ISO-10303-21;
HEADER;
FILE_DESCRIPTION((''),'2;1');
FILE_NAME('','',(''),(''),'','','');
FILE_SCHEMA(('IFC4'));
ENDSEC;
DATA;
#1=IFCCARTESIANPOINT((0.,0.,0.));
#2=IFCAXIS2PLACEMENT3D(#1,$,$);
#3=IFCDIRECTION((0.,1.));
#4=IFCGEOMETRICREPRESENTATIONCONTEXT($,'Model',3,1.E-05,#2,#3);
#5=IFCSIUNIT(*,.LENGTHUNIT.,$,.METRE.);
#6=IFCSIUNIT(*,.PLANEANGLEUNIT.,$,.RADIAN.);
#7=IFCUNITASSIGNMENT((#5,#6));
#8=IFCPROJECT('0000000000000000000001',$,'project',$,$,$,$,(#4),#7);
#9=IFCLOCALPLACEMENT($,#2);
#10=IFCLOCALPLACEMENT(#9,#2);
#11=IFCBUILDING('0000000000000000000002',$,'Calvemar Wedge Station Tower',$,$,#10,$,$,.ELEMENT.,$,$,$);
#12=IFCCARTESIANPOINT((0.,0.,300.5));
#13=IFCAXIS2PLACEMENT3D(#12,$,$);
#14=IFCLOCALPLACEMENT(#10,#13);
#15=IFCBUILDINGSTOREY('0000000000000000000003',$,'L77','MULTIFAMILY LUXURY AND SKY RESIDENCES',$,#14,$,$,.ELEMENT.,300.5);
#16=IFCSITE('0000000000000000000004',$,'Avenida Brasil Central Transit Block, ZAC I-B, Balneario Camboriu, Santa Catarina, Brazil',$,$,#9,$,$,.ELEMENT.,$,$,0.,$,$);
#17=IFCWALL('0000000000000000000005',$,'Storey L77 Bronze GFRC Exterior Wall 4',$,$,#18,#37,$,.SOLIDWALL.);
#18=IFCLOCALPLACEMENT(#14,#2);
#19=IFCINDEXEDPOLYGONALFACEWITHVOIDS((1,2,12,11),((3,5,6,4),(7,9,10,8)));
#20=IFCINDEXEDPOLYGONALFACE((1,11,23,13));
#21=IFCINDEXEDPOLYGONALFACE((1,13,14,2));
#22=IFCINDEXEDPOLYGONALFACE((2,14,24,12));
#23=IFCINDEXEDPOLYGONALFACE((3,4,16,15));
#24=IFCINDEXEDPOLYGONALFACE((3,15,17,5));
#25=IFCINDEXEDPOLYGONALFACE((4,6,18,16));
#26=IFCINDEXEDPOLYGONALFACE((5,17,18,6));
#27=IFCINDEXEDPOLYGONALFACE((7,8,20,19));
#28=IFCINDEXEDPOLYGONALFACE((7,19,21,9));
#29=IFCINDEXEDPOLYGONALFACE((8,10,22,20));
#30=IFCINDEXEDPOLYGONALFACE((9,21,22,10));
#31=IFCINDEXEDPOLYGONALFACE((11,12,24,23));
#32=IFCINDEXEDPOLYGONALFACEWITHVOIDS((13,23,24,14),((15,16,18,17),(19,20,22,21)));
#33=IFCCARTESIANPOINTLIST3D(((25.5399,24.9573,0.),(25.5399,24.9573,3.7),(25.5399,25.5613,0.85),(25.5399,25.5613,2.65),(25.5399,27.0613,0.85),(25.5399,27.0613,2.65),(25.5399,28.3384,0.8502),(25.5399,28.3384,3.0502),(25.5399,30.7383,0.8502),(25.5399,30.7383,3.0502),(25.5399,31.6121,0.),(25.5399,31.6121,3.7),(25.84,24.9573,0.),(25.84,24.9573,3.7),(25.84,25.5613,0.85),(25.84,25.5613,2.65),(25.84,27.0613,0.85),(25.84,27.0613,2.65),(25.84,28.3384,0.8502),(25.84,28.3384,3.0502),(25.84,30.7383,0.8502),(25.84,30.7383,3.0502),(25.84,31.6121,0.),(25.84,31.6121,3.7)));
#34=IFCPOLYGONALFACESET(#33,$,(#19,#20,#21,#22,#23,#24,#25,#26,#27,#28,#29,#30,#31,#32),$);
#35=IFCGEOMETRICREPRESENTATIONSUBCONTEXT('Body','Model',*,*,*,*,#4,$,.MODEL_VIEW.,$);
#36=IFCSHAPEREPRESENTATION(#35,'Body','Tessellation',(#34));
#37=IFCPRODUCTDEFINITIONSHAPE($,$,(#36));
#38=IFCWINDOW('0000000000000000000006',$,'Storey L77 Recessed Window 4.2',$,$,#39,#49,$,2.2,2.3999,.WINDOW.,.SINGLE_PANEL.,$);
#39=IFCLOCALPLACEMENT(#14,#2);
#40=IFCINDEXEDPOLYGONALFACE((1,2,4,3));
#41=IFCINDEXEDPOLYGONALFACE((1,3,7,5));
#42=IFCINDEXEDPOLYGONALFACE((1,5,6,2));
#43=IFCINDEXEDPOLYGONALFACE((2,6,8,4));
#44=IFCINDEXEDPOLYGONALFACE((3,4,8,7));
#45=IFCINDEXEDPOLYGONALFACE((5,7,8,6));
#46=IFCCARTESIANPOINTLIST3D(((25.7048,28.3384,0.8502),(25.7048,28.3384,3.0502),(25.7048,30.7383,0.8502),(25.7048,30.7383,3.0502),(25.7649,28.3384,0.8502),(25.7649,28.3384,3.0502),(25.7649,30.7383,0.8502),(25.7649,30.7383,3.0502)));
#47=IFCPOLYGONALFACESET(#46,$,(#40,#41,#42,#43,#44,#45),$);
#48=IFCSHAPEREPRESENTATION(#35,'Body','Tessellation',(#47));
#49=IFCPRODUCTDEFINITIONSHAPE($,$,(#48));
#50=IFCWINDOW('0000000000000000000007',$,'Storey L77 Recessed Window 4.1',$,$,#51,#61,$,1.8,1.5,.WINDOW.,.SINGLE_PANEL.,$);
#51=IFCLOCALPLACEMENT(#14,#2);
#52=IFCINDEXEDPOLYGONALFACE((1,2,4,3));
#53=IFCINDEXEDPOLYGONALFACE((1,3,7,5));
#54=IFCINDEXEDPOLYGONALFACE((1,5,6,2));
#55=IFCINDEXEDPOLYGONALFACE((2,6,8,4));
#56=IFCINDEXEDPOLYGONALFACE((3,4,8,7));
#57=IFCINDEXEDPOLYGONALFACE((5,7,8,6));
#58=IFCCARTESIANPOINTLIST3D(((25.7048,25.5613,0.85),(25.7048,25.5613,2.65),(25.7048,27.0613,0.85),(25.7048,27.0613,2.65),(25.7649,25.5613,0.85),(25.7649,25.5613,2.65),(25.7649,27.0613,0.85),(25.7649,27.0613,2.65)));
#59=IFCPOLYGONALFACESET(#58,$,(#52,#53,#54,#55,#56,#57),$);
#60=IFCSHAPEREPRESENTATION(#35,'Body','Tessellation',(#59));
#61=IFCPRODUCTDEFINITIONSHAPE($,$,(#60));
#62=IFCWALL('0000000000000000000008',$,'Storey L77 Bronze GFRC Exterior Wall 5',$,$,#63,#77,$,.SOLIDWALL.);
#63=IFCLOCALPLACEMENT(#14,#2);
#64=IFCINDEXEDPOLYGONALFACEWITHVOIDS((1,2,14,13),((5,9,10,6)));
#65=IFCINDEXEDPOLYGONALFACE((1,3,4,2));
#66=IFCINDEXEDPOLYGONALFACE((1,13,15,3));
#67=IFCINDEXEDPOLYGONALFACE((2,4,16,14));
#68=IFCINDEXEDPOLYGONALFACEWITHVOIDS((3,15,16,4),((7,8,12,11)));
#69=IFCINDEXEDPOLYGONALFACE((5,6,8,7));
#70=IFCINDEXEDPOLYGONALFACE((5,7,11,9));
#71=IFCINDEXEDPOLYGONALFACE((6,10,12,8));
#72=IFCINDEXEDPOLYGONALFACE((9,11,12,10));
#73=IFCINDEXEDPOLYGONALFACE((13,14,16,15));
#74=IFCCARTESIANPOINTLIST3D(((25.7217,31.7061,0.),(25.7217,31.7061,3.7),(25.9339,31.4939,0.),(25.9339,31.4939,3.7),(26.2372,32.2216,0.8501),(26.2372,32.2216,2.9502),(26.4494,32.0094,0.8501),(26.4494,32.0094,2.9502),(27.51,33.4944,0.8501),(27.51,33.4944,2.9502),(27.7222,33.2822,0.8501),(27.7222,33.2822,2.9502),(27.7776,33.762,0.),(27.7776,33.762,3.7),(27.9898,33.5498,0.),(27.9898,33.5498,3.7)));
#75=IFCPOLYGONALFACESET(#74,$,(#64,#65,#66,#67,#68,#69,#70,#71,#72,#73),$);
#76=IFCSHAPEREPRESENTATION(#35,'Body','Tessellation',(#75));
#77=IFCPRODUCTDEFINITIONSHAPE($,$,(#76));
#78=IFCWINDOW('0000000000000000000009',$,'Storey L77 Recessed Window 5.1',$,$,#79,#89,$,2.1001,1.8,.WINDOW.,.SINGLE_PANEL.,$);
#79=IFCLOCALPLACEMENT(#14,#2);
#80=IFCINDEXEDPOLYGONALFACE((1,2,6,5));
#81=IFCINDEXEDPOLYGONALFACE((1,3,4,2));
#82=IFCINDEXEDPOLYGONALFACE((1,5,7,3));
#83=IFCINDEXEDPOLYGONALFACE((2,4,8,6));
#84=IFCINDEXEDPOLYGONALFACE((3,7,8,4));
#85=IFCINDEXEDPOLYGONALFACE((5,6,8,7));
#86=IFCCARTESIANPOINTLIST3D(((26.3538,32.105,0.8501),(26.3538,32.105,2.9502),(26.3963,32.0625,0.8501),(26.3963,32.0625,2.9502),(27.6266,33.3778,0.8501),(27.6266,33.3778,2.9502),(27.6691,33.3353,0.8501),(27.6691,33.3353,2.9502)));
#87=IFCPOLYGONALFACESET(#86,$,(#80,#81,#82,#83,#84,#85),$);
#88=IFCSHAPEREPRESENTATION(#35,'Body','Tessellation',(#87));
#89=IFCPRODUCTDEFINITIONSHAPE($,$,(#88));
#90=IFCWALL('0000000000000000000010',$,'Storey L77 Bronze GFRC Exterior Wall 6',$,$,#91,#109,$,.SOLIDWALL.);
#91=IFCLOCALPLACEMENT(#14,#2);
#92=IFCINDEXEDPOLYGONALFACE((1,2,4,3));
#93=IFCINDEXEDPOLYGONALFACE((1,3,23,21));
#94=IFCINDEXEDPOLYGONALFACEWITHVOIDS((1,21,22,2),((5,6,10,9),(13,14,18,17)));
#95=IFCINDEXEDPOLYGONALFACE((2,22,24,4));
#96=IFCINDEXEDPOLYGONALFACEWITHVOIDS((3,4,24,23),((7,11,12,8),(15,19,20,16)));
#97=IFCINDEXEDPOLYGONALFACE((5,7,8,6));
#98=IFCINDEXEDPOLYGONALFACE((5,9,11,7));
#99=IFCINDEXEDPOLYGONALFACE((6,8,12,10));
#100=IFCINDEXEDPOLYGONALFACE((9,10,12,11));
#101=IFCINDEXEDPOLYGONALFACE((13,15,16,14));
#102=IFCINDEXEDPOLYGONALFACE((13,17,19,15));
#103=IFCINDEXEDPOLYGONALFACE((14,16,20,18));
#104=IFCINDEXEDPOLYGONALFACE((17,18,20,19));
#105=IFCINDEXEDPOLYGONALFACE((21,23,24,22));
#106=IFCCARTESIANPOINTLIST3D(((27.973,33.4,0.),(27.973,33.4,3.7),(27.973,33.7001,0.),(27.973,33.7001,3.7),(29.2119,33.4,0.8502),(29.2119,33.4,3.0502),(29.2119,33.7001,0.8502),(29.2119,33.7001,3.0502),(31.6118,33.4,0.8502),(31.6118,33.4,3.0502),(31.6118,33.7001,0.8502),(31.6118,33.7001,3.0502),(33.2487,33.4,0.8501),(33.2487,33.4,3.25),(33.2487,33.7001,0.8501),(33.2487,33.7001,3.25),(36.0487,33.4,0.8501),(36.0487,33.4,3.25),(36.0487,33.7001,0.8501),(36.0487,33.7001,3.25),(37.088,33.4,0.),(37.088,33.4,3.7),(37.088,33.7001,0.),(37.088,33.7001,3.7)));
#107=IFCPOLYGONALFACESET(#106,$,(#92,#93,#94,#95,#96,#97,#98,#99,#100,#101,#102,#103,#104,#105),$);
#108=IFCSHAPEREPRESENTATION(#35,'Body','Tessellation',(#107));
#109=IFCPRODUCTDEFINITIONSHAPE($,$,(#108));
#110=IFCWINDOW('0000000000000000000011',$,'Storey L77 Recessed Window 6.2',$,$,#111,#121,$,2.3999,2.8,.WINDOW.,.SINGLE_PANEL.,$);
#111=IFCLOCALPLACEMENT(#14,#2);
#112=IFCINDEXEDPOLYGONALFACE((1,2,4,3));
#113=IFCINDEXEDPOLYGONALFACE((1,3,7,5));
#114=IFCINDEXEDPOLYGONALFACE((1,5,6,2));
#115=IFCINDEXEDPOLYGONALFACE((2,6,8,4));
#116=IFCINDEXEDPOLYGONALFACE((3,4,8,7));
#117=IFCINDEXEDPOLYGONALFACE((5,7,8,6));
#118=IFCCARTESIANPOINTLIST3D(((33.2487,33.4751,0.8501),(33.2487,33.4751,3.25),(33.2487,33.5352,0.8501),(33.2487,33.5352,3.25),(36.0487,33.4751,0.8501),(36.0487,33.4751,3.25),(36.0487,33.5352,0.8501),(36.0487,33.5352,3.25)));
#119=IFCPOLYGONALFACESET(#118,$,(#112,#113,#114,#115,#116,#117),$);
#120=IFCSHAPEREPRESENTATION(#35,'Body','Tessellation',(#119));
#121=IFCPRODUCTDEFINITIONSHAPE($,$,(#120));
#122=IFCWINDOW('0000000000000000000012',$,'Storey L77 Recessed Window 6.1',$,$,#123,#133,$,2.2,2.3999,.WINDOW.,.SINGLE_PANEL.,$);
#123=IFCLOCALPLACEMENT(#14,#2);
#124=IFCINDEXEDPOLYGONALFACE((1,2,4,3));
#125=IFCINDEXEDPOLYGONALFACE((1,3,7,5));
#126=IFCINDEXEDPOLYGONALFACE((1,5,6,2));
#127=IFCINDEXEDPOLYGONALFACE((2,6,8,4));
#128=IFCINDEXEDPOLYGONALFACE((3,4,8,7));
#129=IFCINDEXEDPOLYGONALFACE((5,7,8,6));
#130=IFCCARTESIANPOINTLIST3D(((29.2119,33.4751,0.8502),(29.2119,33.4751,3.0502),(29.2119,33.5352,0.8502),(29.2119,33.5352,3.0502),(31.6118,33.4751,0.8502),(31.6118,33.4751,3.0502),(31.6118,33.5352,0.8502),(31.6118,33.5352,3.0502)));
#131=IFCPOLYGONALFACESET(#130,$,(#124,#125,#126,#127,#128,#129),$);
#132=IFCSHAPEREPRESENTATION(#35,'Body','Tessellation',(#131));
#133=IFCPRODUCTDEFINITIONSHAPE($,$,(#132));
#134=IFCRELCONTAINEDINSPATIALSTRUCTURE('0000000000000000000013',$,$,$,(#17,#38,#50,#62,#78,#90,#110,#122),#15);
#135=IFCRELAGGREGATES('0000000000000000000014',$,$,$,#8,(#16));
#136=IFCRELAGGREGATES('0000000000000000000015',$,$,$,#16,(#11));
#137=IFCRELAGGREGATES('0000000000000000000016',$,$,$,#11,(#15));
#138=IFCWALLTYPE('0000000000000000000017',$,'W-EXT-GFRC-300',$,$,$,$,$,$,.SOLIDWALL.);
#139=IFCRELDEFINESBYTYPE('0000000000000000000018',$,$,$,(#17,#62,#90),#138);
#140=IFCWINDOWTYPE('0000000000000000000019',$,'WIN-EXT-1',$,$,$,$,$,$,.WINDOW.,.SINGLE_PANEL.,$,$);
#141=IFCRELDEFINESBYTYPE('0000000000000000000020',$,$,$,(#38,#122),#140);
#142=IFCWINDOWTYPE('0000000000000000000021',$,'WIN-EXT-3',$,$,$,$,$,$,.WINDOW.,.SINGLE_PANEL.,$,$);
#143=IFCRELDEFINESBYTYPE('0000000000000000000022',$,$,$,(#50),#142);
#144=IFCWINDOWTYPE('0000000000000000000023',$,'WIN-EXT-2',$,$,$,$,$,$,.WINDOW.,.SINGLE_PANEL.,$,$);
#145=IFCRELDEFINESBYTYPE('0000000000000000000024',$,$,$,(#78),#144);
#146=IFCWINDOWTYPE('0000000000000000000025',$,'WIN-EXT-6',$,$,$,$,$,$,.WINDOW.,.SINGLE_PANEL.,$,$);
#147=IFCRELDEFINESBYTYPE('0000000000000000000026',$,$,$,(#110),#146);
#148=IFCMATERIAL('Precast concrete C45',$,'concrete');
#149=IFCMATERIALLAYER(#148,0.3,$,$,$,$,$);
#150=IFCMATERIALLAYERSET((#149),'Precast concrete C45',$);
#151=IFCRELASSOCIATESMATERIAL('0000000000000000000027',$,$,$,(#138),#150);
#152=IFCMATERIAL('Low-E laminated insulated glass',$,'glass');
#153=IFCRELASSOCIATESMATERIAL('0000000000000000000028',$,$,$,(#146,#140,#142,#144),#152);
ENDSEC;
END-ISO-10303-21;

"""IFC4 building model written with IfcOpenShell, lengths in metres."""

from ifc_helpers import new_model, si_unit, direction, frame, frame_2d, origin, place, context, subcontext, project, spatial, rectangle, extrude, source, transform, mapped, material, layer, layer_set, type_object, element, fill, save


model = new_model("IFC4")

# Units and contexts
model_context = context("Model", 3, precision=1e-05, world=origin(), true_north=direction((0.0, 1.0)))
body_context = subcontext(model_context, "Body", "Model", "MODEL_VIEW")
ifc_project = project(units=[si_unit("LENGTHUNIT", "METRE"), si_unit("PLANEANGLEUNIT", "RADIAN")], contexts=[model_context])

# Site, building, storey
site_placement = place(None, origin())
site = spatial("IfcSite", under=ifc_project, at=site_placement, Name="Avenida Brasil Central Transit Block, ZAC I-B, Balneario Camboriu, Santa Catarina, Brazil", CompositionType="ELEMENT", RefElevation=0.0)
building_placement = place(site_placement, origin())
building = spatial("IfcBuilding", under=site, at=building_placement, Name="Calvemar Wedge Station Tower", CompositionType="ELEMENT")
storey_placement = place(building_placement, frame((0.0, 0.0, 300.5)))
storey = spatial("IfcBuildingStorey", under=building, at=storey_placement, Name="L77", Description="MULTIFAMILY LUXURY AND SKY RESIDENCES", CompositionType="ELEMENT", Elevation=300.5)

# Shared definitions
ifc_material_1 = material(Name="Precast concrete C45", Category="concrete")
ifc_layer_1 = layer(ifc_material_1, 0.3)
ifc_layer_set_1 = layer_set([ifc_layer_1], Name="Precast concrete C45")
wall_type_1 = type_object("IfcWallType", Name="W-EXT-GFRC-300", PredefinedType="SOLIDWALL", material=ifc_layer_set_1)
shared_shape_1 = source(origin(), body_context, "Body", "SweptSolid", [
    extrude(rectangle(XDim=2.8, YDim=2.3999, at=frame_2d((1.3999, 1.2))), frame((0.0, 0.1602, 0.0), z_axis=(0.0, -1.0, 0.0), x_axis=(1.0, 0.0, 0.0)), (0.0, 0.0, 1.0), 0.3201),
])
ifc_material_2 = material(Name="Low-E laminated insulated glass", Category="glass")
window_type_1 = type_object("IfcWindowType", Name="WIN-EXT-6", PartitioningType="SINGLE_PANEL", PredefinedType="WINDOW", material=ifc_material_2)
shared_shape_2 = source(origin(), body_context, "Body", "SweptSolid", [
    extrude(rectangle(XDim=2.8, YDim=2.3999, at=frame_2d((1.3999, 1.2))), frame((0.0, -0.0149, 0.0), z_axis=(0.0, -1.0, 0.0), x_axis=(1.0, 0.0, 0.0)), (0.0, 0.0, 1.0), 0.0601),
])

# Wall, openings, windows
wall_1_placement = place(storey_placement, frame((25.6899, 24.9573, 0.0), z_axis=(0.0, 0.0, 1.0), x_axis=(0.0, 1.0, 0.0)))
wall_1 = element("IfcWall", 1, at=wall_1_placement, inside=storey, type_object=wall_type_1, Name="Storey L77 Bronze GFRC Exterior Wall 4", PredefinedType="SOLIDWALL", context=body_context, shape_type="SweptSolid", body=[
    extrude(rectangle(XDim=6.6548, YDim=0.3, at=frame_2d((3.3274, 0.0))), origin(), (0.0, 0.0, 1.0), 3.7),
])
shared_shape_3 = source(origin(), body_context, "Body", "SweptSolid", [
    extrude(rectangle(XDim=1.5, YDim=1.8, at=frame_2d((0.75, 0.8999))), frame((0.0, 0.1602, 0.0), z_axis=(0.0, -1.0, 0.0), x_axis=(1.0, 0.0, 0.0)), (0.0, 0.0, 1.0), 0.3201),
])
opening_1_placement = place(wall_1_placement, frame((0.604, 0.0, 0.8501)))
opening_1 = element("IfcOpeningElement", 2, at=opening_1_placement, cuts=wall_1, PredefinedType="OPENING", context=body_context, shape_type="MappedRepresentation", body=[
    mapped(shared_shape_3, transform((0.0, 0.0, 0.0), scale=1.0)),
])
shared_shape_4 = source(origin(), body_context, "Body", "SweptSolid", [
    extrude(rectangle(XDim=2.3999, YDim=2.2, at=frame_2d((1.2, 1.1001))), frame((0.0, 0.1602, 0.0), z_axis=(0.0, -1.0, 0.0), x_axis=(1.0, 0.0, 0.0)), (0.0, 0.0, 1.0), 0.3201),
])
opening_2_placement = place(wall_1_placement, frame((3.3811, 0.0, 0.8501)))
opening_2 = element("IfcOpeningElement", 3, at=opening_2_placement, cuts=wall_1, PredefinedType="OPENING", context=body_context, shape_type="MappedRepresentation", body=[
    mapped(shared_shape_4, transform((0.0, 0.0, 0.0), scale=1.0)),
])
window_type_2 = type_object("IfcWindowType", Name="WIN-EXT-1", PartitioningType="SINGLE_PANEL", PredefinedType="WINDOW", material=ifc_material_2)
shared_shape_5 = source(origin(), body_context, "Body", "SweptSolid", [
    extrude(rectangle(XDim=2.3999, YDim=2.2, at=frame_2d((1.2, 1.1001))), frame((0.0, -0.0149, 0.0), z_axis=(0.0, -1.0, 0.0), x_axis=(1.0, 0.0, 0.0)), (0.0, 0.0, 1.0), 0.0601),
])
window_1_placement = place(opening_2_placement, origin())
window_1 = element("IfcWindow", 4, at=window_1_placement, inside=storey, type_object=window_type_2, Name="Storey L77 Recessed Window 4.2", OverallHeight=2.2, OverallWidth=2.3999, PartitioningType="SINGLE_PANEL", PredefinedType="WINDOW", context=body_context, shape_type="MappedRepresentation", body=[
    mapped(shared_shape_5, transform((0.0, 0.0, 0.0), scale=1.0)),
])
fill(opening_2, window_1)
window_type_3 = type_object("IfcWindowType", Name="WIN-EXT-3", PartitioningType="SINGLE_PANEL", PredefinedType="WINDOW", material=ifc_material_2)
shared_shape_6 = source(origin(), body_context, "Body", "SweptSolid", [
    extrude(rectangle(XDim=1.5, YDim=1.8, at=frame_2d((0.75, 0.8999))), frame((0.0, -0.0149, 0.0), z_axis=(0.0, -1.0, 0.0), x_axis=(1.0, 0.0, 0.0)), (0.0, 0.0, 1.0), 0.0601),
])
window_2_placement = place(opening_1_placement, origin())
window_2 = element("IfcWindow", 5, at=window_2_placement, inside=storey, type_object=window_type_3, Name="Storey L77 Recessed Window 4.1", OverallHeight=1.8, OverallWidth=1.5, PartitioningType="SINGLE_PANEL", PredefinedType="WINDOW", context=body_context, shape_type="MappedRepresentation", body=[
    mapped(shared_shape_6, transform((0.0, 0.0, 0.0), scale=1.0)),
])
fill(opening_1, window_2)

# Wall, opening, window
wall_2_placement = place(storey_placement, frame((25.8279, 31.6001, 0.0), z_axis=(0.0, 0.0, 1.0), x_axis=(0.707107, 0.707107, 0.0)))
wall_2 = element("IfcWall", 6, at=wall_2_placement, inside=storey, type_object=wall_type_1, Name="Storey L77 Bronze GFRC Exterior Wall 5", PredefinedType="SOLIDWALL", context=body_context, shape_type="SweptSolid", body=[
    extrude(rectangle(XDim=2.9075, YDim=0.3, at=frame_2d((1.4536, 0.0))), origin(), (0.0, 0.0, 1.0), 3.7),
])
shared_shape_7 = source(origin(), body_context, "Body", "SweptSolid", [
    extrude(rectangle(XDim=1.8, YDim=2.1001, at=frame_2d((0.8999, 1.05))), frame((0.0, 0.1602, 0.0), z_axis=(0.0, -1.0, 0.0), x_axis=(1.0, 0.0, 0.0)), (0.0, 0.0, 1.0), 0.3201),
])
opening_3_placement = place(wall_2_placement, frame((0.729, 0.0, 0.8501)))
opening_3 = element("IfcOpeningElement", 7, at=opening_3_placement, cuts=wall_2, PredefinedType="OPENING", context=body_context, shape_type="MappedRepresentation", body=[
    mapped(shared_shape_7, transform((0.0, 0.0, 0.0), scale=1.0)),
])
window_type_4 = type_object("IfcWindowType", Name="WIN-EXT-2", PartitioningType="SINGLE_PANEL", PredefinedType="WINDOW", material=ifc_material_2)
shared_shape_8 = source(origin(), body_context, "Body", "SweptSolid", [
    extrude(rectangle(XDim=1.8, YDim=2.1001, at=frame_2d((0.8999, 1.05))), frame((0.0, -0.0149, 0.0), z_axis=(0.0, -1.0, 0.0), x_axis=(1.0, 0.0, 0.0)), (0.0, 0.0, 1.0), 0.0601),
])
window_3_placement = place(opening_3_placement, origin())
window_3 = element("IfcWindow", 8, at=window_3_placement, inside=storey, type_object=window_type_4, Name="Storey L77 Recessed Window 5.1", OverallHeight=2.1001, OverallWidth=1.8, PartitioningType="SINGLE_PANEL", PredefinedType="WINDOW", context=body_context, shape_type="MappedRepresentation", body=[
    mapped(shared_shape_8, transform((0.0, 0.0, 0.0), scale=1.0)),
])
fill(opening_3, window_3)

# Wall, openings, windows
wall_3_placement = place(storey_placement, frame((27.9729, 33.55, 0.0), z_axis=(0.0, 0.0, 1.0), x_axis=(1.0, 0.0, 0.0)))
wall_3 = element("IfcWall", 9, at=wall_3_placement, inside=storey, type_object=wall_type_1, Name="Storey L77 Bronze GFRC Exterior Wall 6", PredefinedType="SOLIDWALL", context=body_context, shape_type="SweptSolid", body=[
    extrude(rectangle(XDim=9.115, YDim=0.3, at=frame_2d((4.5576, 0.0))), origin(), (0.0, 0.0, 1.0), 3.7),
])
opening_4_placement = place(wall_3_placement, frame((1.239, 0.0, 0.8501)))
opening_4 = element("IfcOpeningElement", 10, at=opening_4_placement, cuts=wall_3, PredefinedType="OPENING", context=body_context, shape_type="MappedRepresentation", body=[
    mapped(shared_shape_4, transform((0.0, 0.0, 0.0), scale=1.0)),
])
opening_5_placement = place(wall_3_placement, frame((5.2759, 0.0, 0.8501)))
opening_5 = element("IfcOpeningElement", 11, at=opening_5_placement, cuts=wall_3, PredefinedType="OPENING", context=body_context, shape_type="MappedRepresentation", body=[
    mapped(shared_shape_1, transform((0.0, 0.0, 0.0), scale=1.0)),
])
window_4_placement = place(opening_5_placement, origin())
window_4 = element("IfcWindow", 12, at=window_4_placement, inside=storey, type_object=window_type_1, Name="Storey L77 Recessed Window 6.2", OverallHeight=2.3999, OverallWidth=2.8, PartitioningType="SINGLE_PANEL", PredefinedType="WINDOW", context=body_context, shape_type="MappedRepresentation", body=[
    mapped(shared_shape_2, transform((0.0, 0.0, 0.0), scale=1.0)),
])
fill(opening_5, window_4)
window_5_placement = place(opening_4_placement, origin())
window_5 = element("IfcWindow", 13, at=window_5_placement, inside=storey, type_object=window_type_2, Name="Storey L77 Recessed Window 6.1", OverallHeight=2.2, OverallWidth=2.3999, PartitioningType="SINGLE_PANEL", PredefinedType="WINDOW", context=body_context, shape_type="MappedRepresentation", body=[
    mapped(shared_shape_5, transform((0.0, 0.0, 0.0), scale=1.0)),
])
fill(opening_4, window_5)

save(model, "model.ifc")
